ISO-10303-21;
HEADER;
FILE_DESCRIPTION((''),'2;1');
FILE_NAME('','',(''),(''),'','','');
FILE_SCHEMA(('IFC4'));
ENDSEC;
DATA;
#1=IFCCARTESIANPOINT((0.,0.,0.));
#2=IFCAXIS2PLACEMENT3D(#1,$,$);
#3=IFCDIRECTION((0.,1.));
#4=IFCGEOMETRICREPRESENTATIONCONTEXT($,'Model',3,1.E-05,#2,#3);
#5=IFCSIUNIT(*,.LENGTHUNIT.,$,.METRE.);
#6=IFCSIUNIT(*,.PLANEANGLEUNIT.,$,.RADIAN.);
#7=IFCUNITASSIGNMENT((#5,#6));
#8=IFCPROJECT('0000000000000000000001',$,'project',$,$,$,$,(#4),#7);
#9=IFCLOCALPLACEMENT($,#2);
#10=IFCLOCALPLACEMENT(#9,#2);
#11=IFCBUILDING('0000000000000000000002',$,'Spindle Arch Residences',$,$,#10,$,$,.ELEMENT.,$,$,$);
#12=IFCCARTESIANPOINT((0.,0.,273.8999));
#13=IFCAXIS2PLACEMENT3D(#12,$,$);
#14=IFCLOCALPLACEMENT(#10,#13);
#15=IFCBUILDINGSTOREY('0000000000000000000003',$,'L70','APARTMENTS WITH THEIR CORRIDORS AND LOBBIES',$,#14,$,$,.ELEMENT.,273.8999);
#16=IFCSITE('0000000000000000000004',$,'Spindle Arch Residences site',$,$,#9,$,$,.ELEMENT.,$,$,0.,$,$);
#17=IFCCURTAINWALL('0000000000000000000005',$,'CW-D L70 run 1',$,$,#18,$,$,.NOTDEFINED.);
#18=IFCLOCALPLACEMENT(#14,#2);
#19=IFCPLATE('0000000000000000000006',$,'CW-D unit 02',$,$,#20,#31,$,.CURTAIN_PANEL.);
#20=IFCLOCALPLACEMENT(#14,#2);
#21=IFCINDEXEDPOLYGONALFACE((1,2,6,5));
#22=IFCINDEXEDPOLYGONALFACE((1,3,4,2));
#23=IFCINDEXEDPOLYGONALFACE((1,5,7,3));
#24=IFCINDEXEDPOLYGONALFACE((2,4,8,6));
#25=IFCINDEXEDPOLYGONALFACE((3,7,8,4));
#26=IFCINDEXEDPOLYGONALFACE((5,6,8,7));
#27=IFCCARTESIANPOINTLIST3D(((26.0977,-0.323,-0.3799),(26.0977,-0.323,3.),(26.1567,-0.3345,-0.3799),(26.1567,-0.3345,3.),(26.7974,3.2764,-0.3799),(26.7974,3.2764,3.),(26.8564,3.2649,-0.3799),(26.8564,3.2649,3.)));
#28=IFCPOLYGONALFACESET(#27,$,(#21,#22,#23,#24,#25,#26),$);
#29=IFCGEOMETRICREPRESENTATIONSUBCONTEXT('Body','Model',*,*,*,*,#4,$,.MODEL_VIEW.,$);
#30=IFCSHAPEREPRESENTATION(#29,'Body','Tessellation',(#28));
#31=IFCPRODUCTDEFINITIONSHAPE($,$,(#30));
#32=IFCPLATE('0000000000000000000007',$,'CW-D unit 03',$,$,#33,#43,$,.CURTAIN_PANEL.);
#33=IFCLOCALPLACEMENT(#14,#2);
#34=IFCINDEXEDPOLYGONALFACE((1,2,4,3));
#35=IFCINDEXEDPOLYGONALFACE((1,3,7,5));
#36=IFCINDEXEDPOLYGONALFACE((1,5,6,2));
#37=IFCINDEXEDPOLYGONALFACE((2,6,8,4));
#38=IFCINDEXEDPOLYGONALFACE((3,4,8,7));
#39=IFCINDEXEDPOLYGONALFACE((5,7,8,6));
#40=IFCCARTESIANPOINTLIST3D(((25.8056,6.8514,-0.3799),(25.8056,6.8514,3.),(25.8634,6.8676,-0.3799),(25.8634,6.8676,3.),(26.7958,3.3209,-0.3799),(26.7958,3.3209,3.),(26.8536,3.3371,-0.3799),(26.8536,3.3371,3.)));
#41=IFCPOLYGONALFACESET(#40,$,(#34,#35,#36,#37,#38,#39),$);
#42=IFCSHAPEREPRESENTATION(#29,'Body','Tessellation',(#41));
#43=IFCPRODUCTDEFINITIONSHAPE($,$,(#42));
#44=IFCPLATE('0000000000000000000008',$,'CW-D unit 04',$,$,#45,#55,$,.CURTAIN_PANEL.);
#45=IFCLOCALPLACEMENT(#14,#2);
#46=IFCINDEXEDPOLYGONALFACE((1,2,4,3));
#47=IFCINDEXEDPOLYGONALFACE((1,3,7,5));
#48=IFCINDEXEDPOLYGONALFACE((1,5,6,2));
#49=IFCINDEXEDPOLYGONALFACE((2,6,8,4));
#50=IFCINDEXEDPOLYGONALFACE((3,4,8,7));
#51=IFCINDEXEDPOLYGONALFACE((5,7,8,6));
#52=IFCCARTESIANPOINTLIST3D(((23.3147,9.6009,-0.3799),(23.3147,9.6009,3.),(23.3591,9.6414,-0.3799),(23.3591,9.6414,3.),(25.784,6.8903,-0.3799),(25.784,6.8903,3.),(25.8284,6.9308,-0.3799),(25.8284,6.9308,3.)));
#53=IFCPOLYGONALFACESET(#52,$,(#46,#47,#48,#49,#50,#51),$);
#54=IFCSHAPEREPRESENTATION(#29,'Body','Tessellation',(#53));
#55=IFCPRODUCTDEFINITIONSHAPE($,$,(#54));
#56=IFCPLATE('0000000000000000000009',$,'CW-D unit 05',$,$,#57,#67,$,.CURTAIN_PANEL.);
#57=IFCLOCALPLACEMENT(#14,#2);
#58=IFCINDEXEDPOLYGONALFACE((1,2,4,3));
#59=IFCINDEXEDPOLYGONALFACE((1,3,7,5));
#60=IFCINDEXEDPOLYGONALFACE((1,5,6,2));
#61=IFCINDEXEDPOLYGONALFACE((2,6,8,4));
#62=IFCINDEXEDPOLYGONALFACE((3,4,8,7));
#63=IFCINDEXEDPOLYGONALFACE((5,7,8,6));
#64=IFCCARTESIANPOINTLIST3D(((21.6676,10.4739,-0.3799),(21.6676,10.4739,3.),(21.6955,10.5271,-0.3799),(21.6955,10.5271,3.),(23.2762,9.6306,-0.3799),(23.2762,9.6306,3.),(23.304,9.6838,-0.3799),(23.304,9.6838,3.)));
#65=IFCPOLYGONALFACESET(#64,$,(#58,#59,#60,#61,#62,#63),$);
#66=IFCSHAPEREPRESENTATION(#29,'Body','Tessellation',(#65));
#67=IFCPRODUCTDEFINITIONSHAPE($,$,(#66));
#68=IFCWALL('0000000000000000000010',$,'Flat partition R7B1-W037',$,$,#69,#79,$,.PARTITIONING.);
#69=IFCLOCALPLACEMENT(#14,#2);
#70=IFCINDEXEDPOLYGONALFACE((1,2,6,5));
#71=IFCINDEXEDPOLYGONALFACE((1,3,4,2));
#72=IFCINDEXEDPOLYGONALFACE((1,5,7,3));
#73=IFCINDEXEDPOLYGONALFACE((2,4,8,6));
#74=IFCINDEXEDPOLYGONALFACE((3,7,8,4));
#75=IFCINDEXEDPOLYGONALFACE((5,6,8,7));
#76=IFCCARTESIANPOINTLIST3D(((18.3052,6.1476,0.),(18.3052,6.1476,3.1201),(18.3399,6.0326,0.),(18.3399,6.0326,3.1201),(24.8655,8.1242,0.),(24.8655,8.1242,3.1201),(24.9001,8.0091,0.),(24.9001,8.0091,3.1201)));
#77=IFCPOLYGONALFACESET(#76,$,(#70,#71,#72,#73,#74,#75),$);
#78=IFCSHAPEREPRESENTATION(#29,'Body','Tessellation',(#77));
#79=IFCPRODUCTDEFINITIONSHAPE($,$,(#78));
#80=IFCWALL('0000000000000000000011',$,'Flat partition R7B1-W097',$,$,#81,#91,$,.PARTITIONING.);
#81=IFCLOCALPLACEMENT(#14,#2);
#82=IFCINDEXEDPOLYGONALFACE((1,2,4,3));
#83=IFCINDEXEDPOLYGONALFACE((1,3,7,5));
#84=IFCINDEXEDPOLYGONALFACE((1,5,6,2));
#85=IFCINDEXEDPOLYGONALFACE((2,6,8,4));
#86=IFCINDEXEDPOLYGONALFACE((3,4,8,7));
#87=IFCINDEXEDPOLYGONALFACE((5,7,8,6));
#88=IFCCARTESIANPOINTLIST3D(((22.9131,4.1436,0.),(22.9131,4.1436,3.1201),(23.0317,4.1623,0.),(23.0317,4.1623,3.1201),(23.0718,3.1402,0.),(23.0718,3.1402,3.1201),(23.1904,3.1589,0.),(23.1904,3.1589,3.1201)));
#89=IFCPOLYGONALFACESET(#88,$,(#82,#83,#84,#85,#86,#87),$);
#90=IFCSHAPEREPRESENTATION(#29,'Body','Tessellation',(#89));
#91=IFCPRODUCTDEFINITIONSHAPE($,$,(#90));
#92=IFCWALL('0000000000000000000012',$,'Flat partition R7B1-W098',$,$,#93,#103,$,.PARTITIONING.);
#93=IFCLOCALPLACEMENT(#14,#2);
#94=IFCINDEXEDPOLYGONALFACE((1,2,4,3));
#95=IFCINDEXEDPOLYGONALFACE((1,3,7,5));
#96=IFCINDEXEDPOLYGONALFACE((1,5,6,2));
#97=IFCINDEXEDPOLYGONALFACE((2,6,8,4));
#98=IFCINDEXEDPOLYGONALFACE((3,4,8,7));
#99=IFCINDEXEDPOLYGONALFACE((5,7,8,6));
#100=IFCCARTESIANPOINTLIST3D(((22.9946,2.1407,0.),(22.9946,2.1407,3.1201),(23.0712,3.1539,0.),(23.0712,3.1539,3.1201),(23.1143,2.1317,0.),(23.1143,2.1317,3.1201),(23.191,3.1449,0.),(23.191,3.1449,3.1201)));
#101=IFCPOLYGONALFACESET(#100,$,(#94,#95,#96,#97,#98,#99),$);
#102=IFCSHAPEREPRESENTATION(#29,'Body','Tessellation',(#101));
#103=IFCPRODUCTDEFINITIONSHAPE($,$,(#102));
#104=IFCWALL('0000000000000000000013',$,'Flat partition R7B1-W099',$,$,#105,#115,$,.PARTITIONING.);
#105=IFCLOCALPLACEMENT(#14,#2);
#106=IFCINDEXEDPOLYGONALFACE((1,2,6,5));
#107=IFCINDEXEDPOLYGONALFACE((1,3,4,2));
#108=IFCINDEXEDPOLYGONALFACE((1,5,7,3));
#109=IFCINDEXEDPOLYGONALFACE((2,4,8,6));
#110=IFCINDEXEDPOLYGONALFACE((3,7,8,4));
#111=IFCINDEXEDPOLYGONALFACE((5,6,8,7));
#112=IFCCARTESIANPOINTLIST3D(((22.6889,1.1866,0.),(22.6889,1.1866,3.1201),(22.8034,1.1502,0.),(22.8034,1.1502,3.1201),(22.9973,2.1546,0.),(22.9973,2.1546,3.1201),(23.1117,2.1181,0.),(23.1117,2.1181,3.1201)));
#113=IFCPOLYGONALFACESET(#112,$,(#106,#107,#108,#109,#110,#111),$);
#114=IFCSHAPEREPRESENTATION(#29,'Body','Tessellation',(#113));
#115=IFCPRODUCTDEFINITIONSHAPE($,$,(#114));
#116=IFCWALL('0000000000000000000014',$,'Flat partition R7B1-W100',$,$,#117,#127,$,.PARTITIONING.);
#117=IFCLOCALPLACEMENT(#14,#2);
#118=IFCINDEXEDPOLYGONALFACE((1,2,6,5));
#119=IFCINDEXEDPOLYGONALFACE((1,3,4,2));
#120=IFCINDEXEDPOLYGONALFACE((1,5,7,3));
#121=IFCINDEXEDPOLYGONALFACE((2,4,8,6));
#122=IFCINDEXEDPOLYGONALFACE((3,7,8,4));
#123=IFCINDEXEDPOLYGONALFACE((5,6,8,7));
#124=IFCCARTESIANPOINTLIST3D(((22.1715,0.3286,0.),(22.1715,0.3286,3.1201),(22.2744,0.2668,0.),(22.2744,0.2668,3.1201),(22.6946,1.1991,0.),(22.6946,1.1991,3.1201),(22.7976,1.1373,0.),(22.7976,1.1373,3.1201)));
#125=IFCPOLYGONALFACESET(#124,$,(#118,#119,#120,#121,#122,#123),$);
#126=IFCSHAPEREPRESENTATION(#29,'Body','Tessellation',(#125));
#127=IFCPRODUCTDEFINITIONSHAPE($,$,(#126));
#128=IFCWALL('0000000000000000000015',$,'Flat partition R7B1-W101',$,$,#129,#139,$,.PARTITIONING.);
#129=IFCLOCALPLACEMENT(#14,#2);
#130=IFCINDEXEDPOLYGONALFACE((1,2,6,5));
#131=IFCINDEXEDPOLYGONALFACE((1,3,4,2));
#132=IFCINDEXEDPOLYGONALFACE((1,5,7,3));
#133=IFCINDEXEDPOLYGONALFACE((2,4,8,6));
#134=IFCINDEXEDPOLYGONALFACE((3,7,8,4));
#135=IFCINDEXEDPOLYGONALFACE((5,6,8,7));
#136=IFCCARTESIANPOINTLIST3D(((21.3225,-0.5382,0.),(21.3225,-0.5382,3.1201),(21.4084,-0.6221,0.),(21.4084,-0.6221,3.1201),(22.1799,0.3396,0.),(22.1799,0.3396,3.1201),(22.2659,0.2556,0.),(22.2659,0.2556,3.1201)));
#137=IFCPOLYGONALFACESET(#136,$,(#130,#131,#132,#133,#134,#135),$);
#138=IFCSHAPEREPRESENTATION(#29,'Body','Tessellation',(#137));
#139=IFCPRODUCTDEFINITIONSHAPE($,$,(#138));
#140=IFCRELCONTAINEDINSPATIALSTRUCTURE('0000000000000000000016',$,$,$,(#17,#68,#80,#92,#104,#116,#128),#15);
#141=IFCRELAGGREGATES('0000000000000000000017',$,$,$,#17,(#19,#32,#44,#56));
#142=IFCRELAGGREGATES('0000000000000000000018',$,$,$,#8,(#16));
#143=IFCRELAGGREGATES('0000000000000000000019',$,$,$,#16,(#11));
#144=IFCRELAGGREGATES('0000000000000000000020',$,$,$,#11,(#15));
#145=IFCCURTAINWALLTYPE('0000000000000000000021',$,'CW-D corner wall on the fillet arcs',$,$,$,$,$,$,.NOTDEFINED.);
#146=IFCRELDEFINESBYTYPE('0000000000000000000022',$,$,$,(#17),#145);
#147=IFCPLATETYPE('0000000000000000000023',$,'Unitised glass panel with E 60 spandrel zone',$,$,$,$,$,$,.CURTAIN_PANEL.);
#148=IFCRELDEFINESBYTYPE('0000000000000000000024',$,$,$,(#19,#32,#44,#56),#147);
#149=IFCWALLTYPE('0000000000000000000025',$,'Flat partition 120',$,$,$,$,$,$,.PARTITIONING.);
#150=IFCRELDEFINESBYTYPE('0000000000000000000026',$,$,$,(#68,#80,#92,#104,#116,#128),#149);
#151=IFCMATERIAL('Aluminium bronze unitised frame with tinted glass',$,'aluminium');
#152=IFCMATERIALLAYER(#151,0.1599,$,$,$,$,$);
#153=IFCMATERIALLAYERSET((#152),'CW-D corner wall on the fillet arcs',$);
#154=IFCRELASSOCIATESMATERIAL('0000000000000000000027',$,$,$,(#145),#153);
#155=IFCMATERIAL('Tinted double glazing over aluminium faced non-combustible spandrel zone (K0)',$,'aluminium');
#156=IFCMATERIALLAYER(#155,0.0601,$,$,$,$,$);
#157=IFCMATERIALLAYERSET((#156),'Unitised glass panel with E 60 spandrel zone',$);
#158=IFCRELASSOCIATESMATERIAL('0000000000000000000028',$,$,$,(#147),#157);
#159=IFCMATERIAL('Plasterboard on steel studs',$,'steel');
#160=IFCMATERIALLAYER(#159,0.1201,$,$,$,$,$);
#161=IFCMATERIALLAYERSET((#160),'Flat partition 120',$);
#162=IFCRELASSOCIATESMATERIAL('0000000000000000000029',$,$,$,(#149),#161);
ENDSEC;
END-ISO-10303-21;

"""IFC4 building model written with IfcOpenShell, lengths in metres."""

from ifc_helpers import new_model, si_unit, direction, frame, frame_2d, origin, origin_2d, place, context, subcontext, project, spatial, rectangle, extrude, material, layer, layer_set, type_object, element, aggregate, save


model = new_model("IFC4")

# Units and contexts
model_context = context("Model", 3, precision=1e-05, world=origin(), true_north=direction((0.0, 1.0)))
body_context = subcontext(model_context, "Body", "Model", "MODEL_VIEW")
ifc_project = project(units=[si_unit("LENGTHUNIT", "METRE"), si_unit("PLANEANGLEUNIT", "RADIAN")], contexts=[model_context])

# Site, building, storey
site_placement = place(None, origin())
site = spatial("IfcSite", under=ifc_project, at=site_placement, Name="Spindle Arch Residences site", CompositionType="ELEMENT", RefElevation=0.0)
building_placement = place(site_placement, origin())
building = spatial("IfcBuilding", under=site, at=building_placement, Name="Spindle Arch Residences", CompositionType="ELEMENT")
storey_placement = place(building_placement, frame((0.0, 0.0, 273.8999)))
storey = spatial("IfcBuildingStorey", under=building, at=storey_placement, Name="L70", Description="APARTMENTS WITH THEIR CORRIDORS AND LOBBIES", CompositionType="ELEMENT", Elevation=273.8999)

# Curtain wall
ifc_material_1 = material(Name="Aluminium bronze unitised frame with tinted glass", Category="aluminium")
ifc_layer_1 = layer(ifc_material_1, 0.1599)
ifc_layer_set_1 = layer_set([ifc_layer_1], Name="CW-D corner wall on the fillet arcs")
curtain_wall_type = type_object("IfcCurtainWallType", Name="CW-D corner wall on the fillet arcs", PredefinedType="NOTDEFINED", material=ifc_layer_set_1)
curtain_wall_placement = place(storey_placement, origin())
curtain_wall = element("IfcCurtainWall", 1, at=curtain_wall_placement, inside=storey, type_object=curtain_wall_type, Name="CW-D L70 run 1", PredefinedType="NOTDEFINED")

# Plates
ifc_material_2 = material(Name="Tinted double glazing over aluminium faced non-combustible spandrel zone (K0)", Category="aluminium")
ifc_layer_2 = layer(ifc_material_2, 0.0601)
ifc_layer_set_2 = layer_set([ifc_layer_2], Name="Unitised glass panel with E 60 spandrel zone")
plate_type = type_object("IfcPlateType", Name="Unitised glass panel with E 60 spandrel zone", PredefinedType="CURTAIN_PANEL", material=ifc_layer_set_2)
plate_1_placement = place(storey_placement, frame((26.4771, 1.4709, -0.3799), z_axis=(0.0, 0.0, 1.0), x_axis=(0.190809, 0.981627, 0.0)))
plate_1 = element("IfcPlate", 2, at=plate_1_placement, type_object=plate_type, Name="CW-D unit 02", PredefinedType="CURTAIN_PANEL", context=body_context, shape_type="SweptSolid", body=[
    extrude(rectangle(XDim=3.6667, YDim=0.0601, at=origin_2d()), origin(), (0.0, 0.0, 1.0), 3.3799),
])
plate_2_placement = place(storey_placement, frame((26.3296, 5.0942, -0.3799), z_axis=(0.0, 0.0, 1.0), x_axis=(-0.27004, 0.962849, 0.0)))
plate_2 = element("IfcPlate", 3, at=plate_2_placement, type_object=plate_type, Name="CW-D unit 03", PredefinedType="CURTAIN_PANEL", context=body_context, shape_type="SweptSolid", body=[
    extrude(rectangle(XDim=3.6667, YDim=0.0601, at=origin_2d()), origin(), (0.0, 0.0, 1.0), 3.3799),
])
plate_3_placement = place(storey_placement, frame((24.5715, 8.2659, -0.3799), z_axis=(0.0, 0.0, 1.0), x_axis=(-0.673443, 0.739239, 0.0)))
plate_3 = element("IfcPlate", 4, at=plate_3_placement, type_object=plate_type, Name="CW-D unit 04", PredefinedType="CURTAIN_PANEL", context=body_context, shape_type="SweptSolid", body=[
    extrude(rectangle(XDim=3.6667, YDim=0.0601, at=origin_2d()), origin(), (0.0, 0.0, 1.0), 3.3799),
])
plate_4_placement = place(storey_placement, frame((22.4858, 10.0789, -0.3799), z_axis=(0.0, 0.0, 1.0), x_axis=(-0.885664, 0.464327, 0.0)))
plate_4 = element("IfcPlate", 5, at=plate_4_placement, type_object=plate_type, Name="CW-D unit 05", PredefinedType="CURTAIN_PANEL", context=body_context, shape_type="SweptSolid", body=[
    extrude(rectangle(XDim=1.8162, YDim=0.0601, at=origin_2d()), origin(), (0.0, 0.0, 1.0), 3.3799),
])
aggregate(curtain_wall, [plate_1, plate_2, plate_3, plate_4])

# Walls
ifc_material_3 = material(Name="Plasterboard on steel studs", Category="steel")
ifc_layer_3 = layer(ifc_material_3, 0.1201)
ifc_layer_set_3 = layer_set([ifc_layer_3], Name="Flat partition 120")
wall_type = type_object("IfcWallType", Name="Flat partition 120", PredefinedType="PARTITIONING", material=ifc_layer_set_3)
wall_1_placement = place(storey_placement, frame((24.8828, 8.0667, 0.0), z_axis=(0.0, 0.0, 1.0), x_axis=(-0.957485, -0.288482, 0.0)))
element("IfcWall", 6, at=wall_1_placement, inside=storey, type_object=wall_type, Name="Flat partition R7B1-W037", PredefinedType="PARTITIONING", context=body_context, shape_type="SweptSolid", body=[
    extrude(rectangle(XDim=6.8516, YDim=0.1201, at=frame_2d((3.4258, 0.0))), origin(), (0.0, 0.0, 1.0), 3.1201),
])
wall_2_placement = place(storey_placement, frame((22.9724, 4.1528, 0.0), z_axis=(0.0, 0.0, 1.0), x_axis=(0.156209, -0.987724, 0.0)))
element("IfcWall", 7, at=wall_2_placement, inside=storey, type_object=wall_type, Name="Flat partition R7B1-W097", PredefinedType="PARTITIONING", context=body_context, shape_type="SweptSolid", body=[
    extrude(rectangle(XDim=1.0159, YDim=0.1201, at=frame_2d((0.5078, 0.0))), origin(), (0.0, 0.0, 1.0), 3.1201),
])
wall_3_placement = place(storey_placement, frame((23.1311, 3.1494, 0.0), z_axis=(0.0, 0.0, 1.0), x_axis=(-0.075447, -0.99715, 0.0)))
element("IfcWall", 8, at=wall_3_placement, inside=storey, type_object=wall_type, Name="Flat partition R7B1-W098", PredefinedType="PARTITIONING", context=body_context, shape_type="SweptSolid", body=[
    extrude(rectangle(XDim=1.0161, YDim=0.1201, at=frame_2d((0.5081, 0.0))), origin(), (0.0, 0.0, 1.0), 3.1201),
])
wall_4_placement = place(storey_placement, frame((23.0544, 2.1362, 0.0), z_axis=(0.0, 0.0, 1.0), x_axis=(-0.303511, -0.952828, 0.0)))
element("IfcWall", 9, at=wall_4_placement, inside=storey, type_object=wall_type, Name="Flat partition R7B1-W099", PredefinedType="PARTITIONING", context=body_context, shape_type="SweptSolid", body=[
    extrude(rectangle(XDim=1.0159, YDim=0.1201, at=frame_2d((0.5078, 0.0))), origin(), (0.0, 0.0, 1.0), 3.1201),
])
wall_5_placement = place(storey_placement, frame((22.7461, 1.1682, 0.0), z_axis=(0.0, 0.0, 1.0), x_axis=(-0.515097, -0.857132, 0.0)))
element("IfcWall", 10, at=wall_5_placement, inside=storey, type_object=wall_type, Name="Flat partition R7B1-W100", PredefinedType="PARTITIONING", context=body_context, shape_type="SweptSolid", body=[
    extrude(rectangle(XDim=1.0156, YDim=0.1201, at=frame_2d((0.5078, 0.0))), origin(), (0.0, 0.0, 1.0), 3.1201),
])
wall_6_placement = place(storey_placement, frame((22.2229, 0.2976, 0.0), z_axis=(0.0, 0.0, 1.0), x_axis=(-0.698801, -0.715316, 0.0)))
element("IfcWall", 11, at=wall_6_placement, inside=storey, type_object=wall_type, Name="Flat partition R7B1-W101", PredefinedType="PARTITIONING", context=body_context, shape_type="SweptSolid", body=[
    extrude(rectangle(XDim=1.2271, YDim=0.1201, at=frame_2d((0.6135, 0.0))), origin(), (0.0, 0.0, 1.0), 3.1201),
])

save(model, "model.ifc")
